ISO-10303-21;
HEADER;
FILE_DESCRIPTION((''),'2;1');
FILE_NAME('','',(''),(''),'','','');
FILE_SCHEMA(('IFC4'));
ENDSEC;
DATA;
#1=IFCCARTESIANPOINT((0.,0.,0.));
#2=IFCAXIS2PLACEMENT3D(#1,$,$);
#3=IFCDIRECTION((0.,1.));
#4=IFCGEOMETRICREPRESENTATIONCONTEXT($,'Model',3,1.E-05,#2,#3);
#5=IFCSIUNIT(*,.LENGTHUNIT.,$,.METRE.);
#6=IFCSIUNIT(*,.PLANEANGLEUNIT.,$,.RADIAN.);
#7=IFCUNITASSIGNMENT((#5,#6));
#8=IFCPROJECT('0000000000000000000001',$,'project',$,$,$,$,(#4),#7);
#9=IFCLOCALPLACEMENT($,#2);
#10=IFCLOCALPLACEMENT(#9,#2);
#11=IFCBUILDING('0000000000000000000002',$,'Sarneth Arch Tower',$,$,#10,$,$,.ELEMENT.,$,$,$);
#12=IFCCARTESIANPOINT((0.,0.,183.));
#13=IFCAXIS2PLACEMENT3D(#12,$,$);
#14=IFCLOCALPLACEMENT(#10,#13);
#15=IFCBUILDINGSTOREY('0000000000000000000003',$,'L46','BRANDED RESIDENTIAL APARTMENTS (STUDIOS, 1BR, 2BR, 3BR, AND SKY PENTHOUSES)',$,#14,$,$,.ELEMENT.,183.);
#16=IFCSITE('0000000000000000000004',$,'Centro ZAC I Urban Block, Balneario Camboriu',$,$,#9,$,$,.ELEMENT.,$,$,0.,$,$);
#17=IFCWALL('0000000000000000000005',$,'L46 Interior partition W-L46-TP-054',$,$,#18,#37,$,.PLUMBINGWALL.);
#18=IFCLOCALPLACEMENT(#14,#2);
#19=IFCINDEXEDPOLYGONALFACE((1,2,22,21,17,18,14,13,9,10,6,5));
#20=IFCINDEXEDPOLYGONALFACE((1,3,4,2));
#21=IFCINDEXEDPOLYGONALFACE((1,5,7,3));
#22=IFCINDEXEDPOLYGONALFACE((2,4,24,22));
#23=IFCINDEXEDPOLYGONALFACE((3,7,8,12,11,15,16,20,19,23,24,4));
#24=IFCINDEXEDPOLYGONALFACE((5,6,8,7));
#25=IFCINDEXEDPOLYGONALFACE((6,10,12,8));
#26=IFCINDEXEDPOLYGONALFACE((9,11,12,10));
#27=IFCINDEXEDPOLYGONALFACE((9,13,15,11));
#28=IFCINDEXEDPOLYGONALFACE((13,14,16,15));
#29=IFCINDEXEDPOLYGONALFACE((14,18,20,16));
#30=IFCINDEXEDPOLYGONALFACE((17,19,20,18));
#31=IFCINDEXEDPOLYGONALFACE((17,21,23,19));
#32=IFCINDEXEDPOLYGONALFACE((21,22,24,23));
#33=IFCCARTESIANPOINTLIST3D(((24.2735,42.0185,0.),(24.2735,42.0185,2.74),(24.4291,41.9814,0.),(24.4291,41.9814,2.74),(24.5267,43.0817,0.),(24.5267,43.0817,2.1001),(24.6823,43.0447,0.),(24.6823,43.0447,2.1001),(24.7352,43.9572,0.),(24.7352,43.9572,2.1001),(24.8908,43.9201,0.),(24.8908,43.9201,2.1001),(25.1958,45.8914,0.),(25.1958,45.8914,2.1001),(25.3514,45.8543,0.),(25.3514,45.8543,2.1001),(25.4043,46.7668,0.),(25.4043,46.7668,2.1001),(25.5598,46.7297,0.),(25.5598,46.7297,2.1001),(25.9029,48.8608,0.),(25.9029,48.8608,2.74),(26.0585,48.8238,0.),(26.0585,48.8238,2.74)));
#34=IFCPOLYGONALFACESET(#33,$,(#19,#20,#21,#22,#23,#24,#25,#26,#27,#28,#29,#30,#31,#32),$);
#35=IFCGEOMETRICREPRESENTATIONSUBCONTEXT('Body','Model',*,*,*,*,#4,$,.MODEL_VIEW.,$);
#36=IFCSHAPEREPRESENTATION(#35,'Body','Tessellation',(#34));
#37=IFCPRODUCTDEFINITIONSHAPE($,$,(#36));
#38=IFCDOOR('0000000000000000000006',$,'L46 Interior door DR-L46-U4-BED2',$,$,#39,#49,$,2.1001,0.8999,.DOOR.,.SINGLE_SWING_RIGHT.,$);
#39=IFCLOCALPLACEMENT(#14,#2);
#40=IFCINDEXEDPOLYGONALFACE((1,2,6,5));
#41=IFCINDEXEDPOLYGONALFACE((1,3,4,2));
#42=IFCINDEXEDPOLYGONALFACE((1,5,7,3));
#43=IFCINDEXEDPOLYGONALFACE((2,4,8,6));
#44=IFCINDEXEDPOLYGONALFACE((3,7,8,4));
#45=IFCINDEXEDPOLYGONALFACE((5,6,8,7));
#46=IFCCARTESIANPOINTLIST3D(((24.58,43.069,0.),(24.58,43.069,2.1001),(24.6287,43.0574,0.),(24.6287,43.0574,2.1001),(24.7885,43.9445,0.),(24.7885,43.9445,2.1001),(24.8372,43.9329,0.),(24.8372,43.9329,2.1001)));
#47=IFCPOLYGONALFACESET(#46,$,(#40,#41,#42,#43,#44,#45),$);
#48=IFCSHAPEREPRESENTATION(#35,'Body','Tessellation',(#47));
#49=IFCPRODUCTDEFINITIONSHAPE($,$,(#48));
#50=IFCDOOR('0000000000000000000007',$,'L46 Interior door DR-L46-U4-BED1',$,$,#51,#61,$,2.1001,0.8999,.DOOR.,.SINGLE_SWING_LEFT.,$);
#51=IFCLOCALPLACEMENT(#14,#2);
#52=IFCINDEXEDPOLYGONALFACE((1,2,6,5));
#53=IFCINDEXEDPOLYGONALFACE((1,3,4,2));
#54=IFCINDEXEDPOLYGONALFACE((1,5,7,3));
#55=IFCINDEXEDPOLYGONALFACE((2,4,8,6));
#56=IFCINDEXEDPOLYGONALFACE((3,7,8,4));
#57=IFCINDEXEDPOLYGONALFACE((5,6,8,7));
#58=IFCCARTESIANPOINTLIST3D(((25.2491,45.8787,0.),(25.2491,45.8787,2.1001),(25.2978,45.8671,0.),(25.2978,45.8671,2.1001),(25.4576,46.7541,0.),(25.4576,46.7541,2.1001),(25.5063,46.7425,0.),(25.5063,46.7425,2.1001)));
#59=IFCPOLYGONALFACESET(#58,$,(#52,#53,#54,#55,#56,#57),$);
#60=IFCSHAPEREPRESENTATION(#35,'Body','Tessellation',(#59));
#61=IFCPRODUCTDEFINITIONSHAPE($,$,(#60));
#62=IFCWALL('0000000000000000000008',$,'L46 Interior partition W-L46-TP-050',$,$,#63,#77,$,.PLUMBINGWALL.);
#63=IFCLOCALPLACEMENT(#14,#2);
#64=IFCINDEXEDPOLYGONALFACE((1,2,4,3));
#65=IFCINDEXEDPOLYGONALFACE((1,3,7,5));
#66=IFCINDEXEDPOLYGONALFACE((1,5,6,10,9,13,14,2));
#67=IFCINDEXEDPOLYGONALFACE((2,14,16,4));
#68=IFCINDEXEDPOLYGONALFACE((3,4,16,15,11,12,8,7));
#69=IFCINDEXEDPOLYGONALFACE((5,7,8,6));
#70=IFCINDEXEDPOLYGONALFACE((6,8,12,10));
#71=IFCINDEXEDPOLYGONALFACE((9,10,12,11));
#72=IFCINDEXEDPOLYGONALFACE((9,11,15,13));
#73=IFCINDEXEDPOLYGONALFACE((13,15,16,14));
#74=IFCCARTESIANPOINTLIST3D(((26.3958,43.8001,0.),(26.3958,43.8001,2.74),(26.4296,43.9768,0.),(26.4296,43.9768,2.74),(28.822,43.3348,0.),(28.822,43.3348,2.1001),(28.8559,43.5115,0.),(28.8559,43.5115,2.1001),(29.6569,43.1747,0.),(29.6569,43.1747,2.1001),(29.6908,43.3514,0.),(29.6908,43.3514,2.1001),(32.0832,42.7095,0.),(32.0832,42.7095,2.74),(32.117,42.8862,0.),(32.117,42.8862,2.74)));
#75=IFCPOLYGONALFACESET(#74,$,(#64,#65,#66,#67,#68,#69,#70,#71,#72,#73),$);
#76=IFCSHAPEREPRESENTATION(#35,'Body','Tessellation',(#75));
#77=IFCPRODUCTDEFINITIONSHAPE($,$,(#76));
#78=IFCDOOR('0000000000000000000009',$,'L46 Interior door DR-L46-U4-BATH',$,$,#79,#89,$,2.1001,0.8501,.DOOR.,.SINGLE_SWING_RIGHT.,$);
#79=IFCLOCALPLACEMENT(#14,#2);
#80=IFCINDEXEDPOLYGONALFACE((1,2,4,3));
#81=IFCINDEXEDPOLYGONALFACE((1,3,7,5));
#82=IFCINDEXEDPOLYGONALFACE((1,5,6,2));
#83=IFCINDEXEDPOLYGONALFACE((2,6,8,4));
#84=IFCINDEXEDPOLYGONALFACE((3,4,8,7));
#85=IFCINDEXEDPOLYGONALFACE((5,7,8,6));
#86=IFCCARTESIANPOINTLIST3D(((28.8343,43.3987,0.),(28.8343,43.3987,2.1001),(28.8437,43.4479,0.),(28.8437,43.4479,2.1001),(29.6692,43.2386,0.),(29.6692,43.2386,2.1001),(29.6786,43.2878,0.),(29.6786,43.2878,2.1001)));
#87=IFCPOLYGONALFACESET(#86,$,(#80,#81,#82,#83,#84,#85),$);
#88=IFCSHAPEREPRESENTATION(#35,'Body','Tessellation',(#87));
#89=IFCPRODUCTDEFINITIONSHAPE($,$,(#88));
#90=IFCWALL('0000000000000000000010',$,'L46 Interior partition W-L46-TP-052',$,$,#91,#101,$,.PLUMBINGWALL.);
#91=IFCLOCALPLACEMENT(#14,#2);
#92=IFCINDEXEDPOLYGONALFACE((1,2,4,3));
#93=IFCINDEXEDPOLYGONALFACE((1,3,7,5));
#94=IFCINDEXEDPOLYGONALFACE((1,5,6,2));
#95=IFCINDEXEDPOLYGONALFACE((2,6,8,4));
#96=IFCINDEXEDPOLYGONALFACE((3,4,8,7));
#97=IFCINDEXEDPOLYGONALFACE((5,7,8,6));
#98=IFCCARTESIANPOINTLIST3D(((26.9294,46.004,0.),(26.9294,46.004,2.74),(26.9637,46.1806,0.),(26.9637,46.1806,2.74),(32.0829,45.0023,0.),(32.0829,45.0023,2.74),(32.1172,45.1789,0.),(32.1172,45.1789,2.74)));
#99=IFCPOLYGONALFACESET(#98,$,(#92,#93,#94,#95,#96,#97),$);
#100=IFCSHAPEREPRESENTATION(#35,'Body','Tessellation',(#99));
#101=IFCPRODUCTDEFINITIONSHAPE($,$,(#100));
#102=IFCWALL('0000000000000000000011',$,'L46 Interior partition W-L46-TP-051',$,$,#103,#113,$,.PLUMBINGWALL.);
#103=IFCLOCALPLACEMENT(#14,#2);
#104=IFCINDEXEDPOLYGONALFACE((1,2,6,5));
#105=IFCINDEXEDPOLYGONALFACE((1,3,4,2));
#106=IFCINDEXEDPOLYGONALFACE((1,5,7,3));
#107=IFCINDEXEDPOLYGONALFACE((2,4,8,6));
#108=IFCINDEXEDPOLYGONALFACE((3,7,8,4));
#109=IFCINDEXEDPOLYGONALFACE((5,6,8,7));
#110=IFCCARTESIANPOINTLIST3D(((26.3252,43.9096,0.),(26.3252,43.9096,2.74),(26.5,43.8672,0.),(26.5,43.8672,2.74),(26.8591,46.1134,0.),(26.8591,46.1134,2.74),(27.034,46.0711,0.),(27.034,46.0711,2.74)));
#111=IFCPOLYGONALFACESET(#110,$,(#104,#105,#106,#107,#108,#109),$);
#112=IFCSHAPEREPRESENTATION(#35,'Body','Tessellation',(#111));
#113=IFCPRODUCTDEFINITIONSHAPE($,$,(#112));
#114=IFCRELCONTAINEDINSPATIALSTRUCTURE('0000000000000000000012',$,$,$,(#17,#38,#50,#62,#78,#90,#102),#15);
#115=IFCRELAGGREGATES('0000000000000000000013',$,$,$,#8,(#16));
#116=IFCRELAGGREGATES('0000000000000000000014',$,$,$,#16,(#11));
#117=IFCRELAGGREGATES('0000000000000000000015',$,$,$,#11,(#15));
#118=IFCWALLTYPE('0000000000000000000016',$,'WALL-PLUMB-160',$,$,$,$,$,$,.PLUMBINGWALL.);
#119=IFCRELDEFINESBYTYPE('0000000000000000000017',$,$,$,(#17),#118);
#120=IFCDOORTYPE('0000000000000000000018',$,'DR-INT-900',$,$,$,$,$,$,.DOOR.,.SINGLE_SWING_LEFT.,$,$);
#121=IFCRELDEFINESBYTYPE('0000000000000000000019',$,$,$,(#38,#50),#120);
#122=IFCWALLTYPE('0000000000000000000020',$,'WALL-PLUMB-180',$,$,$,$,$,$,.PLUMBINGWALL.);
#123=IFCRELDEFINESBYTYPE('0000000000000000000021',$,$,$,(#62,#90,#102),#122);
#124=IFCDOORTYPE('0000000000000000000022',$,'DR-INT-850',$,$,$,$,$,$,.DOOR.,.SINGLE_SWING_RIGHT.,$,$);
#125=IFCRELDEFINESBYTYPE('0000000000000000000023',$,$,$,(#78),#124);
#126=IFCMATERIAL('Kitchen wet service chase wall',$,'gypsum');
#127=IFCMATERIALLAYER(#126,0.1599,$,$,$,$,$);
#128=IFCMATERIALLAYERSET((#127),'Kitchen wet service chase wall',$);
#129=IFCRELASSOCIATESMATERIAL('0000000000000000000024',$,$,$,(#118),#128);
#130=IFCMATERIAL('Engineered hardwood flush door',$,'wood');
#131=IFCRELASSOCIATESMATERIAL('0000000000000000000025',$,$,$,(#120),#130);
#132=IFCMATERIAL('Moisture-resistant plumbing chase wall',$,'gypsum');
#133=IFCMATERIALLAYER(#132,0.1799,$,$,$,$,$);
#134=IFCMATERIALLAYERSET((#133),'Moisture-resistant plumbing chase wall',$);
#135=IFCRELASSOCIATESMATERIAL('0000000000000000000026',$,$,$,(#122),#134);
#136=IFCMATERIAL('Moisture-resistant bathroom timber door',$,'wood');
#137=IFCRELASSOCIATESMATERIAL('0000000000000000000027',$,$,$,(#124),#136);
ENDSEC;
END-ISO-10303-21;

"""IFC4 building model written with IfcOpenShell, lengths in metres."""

from ifc_helpers import new_model, si_unit, direction, frame, frame_2d, origin, place, context, subcontext, project, spatial, rectangle, extrude, material, layer, layer_set, type_object, element, fill, save


model = new_model("IFC4")

# Units and contexts
model_context = context("Model", 3, precision=1e-05, world=origin(), true_north=direction((0.0, 1.0)))
body_context = subcontext(model_context, "Body", "Model", "MODEL_VIEW")
ifc_project = project(units=[si_unit("LENGTHUNIT", "METRE"), si_unit("PLANEANGLEUNIT", "RADIAN")], contexts=[model_context])

# Site, building, storey
site_placement = place(None, origin())
site = spatial("IfcSite", under=ifc_project, at=site_placement, Name="Centro ZAC I Urban Block, Balneario Camboriu", CompositionType="ELEMENT", RefElevation=0.0)
building_placement = place(site_placement, origin())
building = spatial("IfcBuilding", under=site, at=building_placement, Name="Sarneth Arch Tower", CompositionType="ELEMENT")
storey_placement = place(building_placement, frame((0.0, 0.0, 183.0)))
storey = spatial("IfcBuildingStorey", under=building, at=storey_placement, Name="L46", Description="BRANDED RESIDENTIAL APARTMENTS (STUDIOS, 1BR, 2BR, 3BR, AND SKY PENTHOUSES)", CompositionType="ELEMENT", Elevation=183.0)

# Shared definitions
ifc_material_1 = material(Name="Kitchen wet service chase wall", Category="gypsum")
ifc_layer_1 = layer(ifc_material_1, 0.1599)
ifc_layer_set_1 = layer_set([ifc_layer_1], Name="Kitchen wet service chase wall")
wall_type_1 = type_object("IfcWallType", Name="WALL-PLUMB-160", PredefinedType="PLUMBINGWALL", material=ifc_layer_set_1)

# Wall, openings, doors
wall_1_placement = place(storey_placement, frame((25.9807, 48.8423, 0.0), z_axis=(0.0, 0.0, 1.0), x_axis=(-0.231658, -0.972797, 0.0)))
wall_1 = element("IfcWall", 1, at=wall_1_placement, inside=storey, type_object=wall_type_1, Name="L46 Interior partition W-L46-TP-054", PredefinedType="PLUMBINGWALL", context=body_context, shape_type="SweptSolid", body=[
    extrude(rectangle(XDim=7.0337, YDim=0.1599, at=frame_2d((3.5168, 0.0))), origin(), (0.0, 0.0, 1.0), 2.74),
])
opening_1_placement = place(wall_1_placement, frame((5.0408, 0.0, 0.0)))
opening_1 = element("IfcOpeningElement", 2, at=opening_1_placement, cuts=wall_1, PredefinedType="OPENING", context=body_context, shape_type="SweptSolid", body=[
    extrude(rectangle(XDim=0.8999, YDim=2.1001, at=frame_2d((0.45, 1.05))), frame((0.0, 0.0898, 0.0), z_axis=(0.0, -1.0, 0.0), x_axis=(1.0, 0.0, 0.0)), (0.0, 0.0, 1.0), 0.1799),
])
opening_2_placement = place(wall_1_placement, frame((2.1526, 0.0, 0.0)))
opening_2 = element("IfcOpeningElement", 3, at=opening_2_placement, cuts=wall_1, PredefinedType="OPENING", context=body_context, shape_type="SweptSolid", body=[
    extrude(rectangle(XDim=0.8999, YDim=2.1001, at=frame_2d((0.45, 1.05))), frame((0.0, 0.0898, 0.0), z_axis=(0.0, -1.0, 0.0), x_axis=(1.0, 0.0, 0.0)), (0.0, 0.0, 1.0), 0.1799),
])
ifc_material_2 = material(Name="Engineered hardwood flush door", Category="wood")
door_type_1 = type_object("IfcDoorType", Name="DR-INT-900", OperationType="SINGLE_SWING_LEFT", PredefinedType="DOOR", material=ifc_material_2)
door_1_placement = place(opening_1_placement, origin())
door_1 = element("IfcDoor", 4, at=door_1_placement, inside=storey, type_object=door_type_1, Name="L46 Interior door DR-L46-U4-BED2", OperationType="SINGLE_SWING_RIGHT", OverallHeight=2.1001, OverallWidth=0.8999, PredefinedType="DOOR", context=body_context, shape_type="SweptSolid", body=[
    extrude(rectangle(XDim=0.8999, YDim=2.1001, at=frame_2d((0.45, 1.05))), frame((0.0, 0.0249, 0.0), z_axis=(0.0, -1.0, 0.0), x_axis=(1.0, 0.0, 0.0)), (0.0, 0.0, 1.0), 0.05),
])
fill(opening_1, door_1)
door_2_placement = place(opening_2_placement, origin())
door_2 = element("IfcDoor", 5, at=door_2_placement, inside=storey, type_object=door_type_1, Name="L46 Interior door DR-L46-U4-BED1", OperationType="SINGLE_SWING_LEFT", OverallHeight=2.1001, OverallWidth=0.8999, PredefinedType="DOOR", context=body_context, shape_type="SweptSolid", body=[
    extrude(rectangle(XDim=0.8999, YDim=2.1001, at=frame_2d((0.45, 1.05))), frame((0.0, 0.0249, 0.0), z_axis=(0.0, -1.0, 0.0), x_axis=(1.0, 0.0, 0.0)), (0.0, 0.0, 1.0), 0.05),
])
fill(opening_2, door_2)

# Wall, opening, door
ifc_material_3 = material(Name="Moisture-resistant plumbing chase wall", Category="gypsum")
ifc_layer_2 = layer(ifc_material_3, 0.1799)
ifc_layer_set_2 = layer_set([ifc_layer_2], Name="Moisture-resistant plumbing chase wall")
wall_type_2 = type_object("IfcWallType", Name="WALL-PLUMB-180", PredefinedType="PLUMBINGWALL", material=ifc_layer_set_2)
wall_2_placement = place(storey_placement, frame((32.1001, 42.7979, 0.0), z_axis=(0.0, 0.0, 1.0), x_axis=(-0.982108, 0.188319, 0.0)))
wall_2 = element("IfcWall", 6, at=wall_2_placement, inside=storey, type_object=wall_type_2, Name="L46 Interior partition W-L46-TP-050", PredefinedType="PLUMBINGWALL", context=body_context, shape_type="SweptSolid", body=[
    extrude(rectangle(XDim=5.791, YDim=0.1799, at=frame_2d((2.8955, 0.0))), origin(), (0.0, 0.0, 1.0), 2.74),
])
opening_3_placement = place(wall_2_placement, frame((2.4705, 0.0, 0.0)))
opening_3 = element("IfcOpeningElement", 7, at=opening_3_placement, cuts=wall_2, PredefinedType="OPENING", context=body_context, shape_type="SweptSolid", body=[
    extrude(rectangle(XDim=0.8501, YDim=2.1001, at=frame_2d((0.425, 1.05))), frame((0.0, 0.0999, 0.0), z_axis=(0.0, -1.0, 0.0), x_axis=(1.0, 0.0, 0.0)), (0.0, 0.0, 1.0), 0.2),
])
ifc_material_4 = material(Name="Moisture-resistant bathroom timber door", Category="wood")
door_type_2 = type_object("IfcDoorType", Name="DR-INT-850", OperationType="SINGLE_SWING_RIGHT", PredefinedType="DOOR", material=ifc_material_4)
door_3_placement = place(opening_3_placement, origin())
door_3 = element("IfcDoor", 8, at=door_3_placement, inside=storey, type_object=door_type_2, Name="L46 Interior door DR-L46-U4-BATH", OperationType="SINGLE_SWING_RIGHT", OverallHeight=2.1001, OverallWidth=0.8501, PredefinedType="DOOR", context=body_context, shape_type="SweptSolid", body=[
    extrude(rectangle(XDim=0.8501, YDim=2.1001, at=frame_2d((0.425, 1.05))), frame((0.0, 0.0249, 0.0), z_axis=(0.0, -1.0, 0.0), x_axis=(1.0, 0.0, 0.0)), (0.0, 0.0, 1.0), 0.05),
])
fill(opening_3, door_3)

# Walls
wall_3_placement = place(storey_placement, frame((26.9465, 46.0923, 0.0), z_axis=(0.0, 0.0, 1.0), x_axis=(0.981629, -0.190801, 0.0)))
element("IfcWall", 9, at=wall_3_placement, inside=storey, type_object=wall_type_2, Name="L46 Interior partition W-L46-TP-052", PredefinedType="PLUMBINGWALL", context=body_context, shape_type="SweptSolid", body=[
    extrude(rectangle(XDim=5.25, YDim=0.1799, at=frame_2d((2.625, 0.0))), origin(), (0.0, 0.0, 1.0), 2.74),
])
wall_4_placement = place(storey_placement, frame((26.4126, 43.8884, 0.0), z_axis=(0.0, 0.0, 1.0), x_axis=(0.235461, 0.971884, 0.0)))
element("IfcWall", 10, at=wall_4_placement, inside=storey, type_object=wall_type_2, Name="L46 Interior partition W-L46-TP-051", PredefinedType="PLUMBINGWALL", context=body_context, shape_type="SweptSolid", body=[
    extrude(rectangle(XDim=2.2676, YDim=0.1799, at=frame_2d((1.1338, 0.0))), origin(), (0.0, 0.0, 1.0), 2.74),
])

save(model, "model.ifc")
